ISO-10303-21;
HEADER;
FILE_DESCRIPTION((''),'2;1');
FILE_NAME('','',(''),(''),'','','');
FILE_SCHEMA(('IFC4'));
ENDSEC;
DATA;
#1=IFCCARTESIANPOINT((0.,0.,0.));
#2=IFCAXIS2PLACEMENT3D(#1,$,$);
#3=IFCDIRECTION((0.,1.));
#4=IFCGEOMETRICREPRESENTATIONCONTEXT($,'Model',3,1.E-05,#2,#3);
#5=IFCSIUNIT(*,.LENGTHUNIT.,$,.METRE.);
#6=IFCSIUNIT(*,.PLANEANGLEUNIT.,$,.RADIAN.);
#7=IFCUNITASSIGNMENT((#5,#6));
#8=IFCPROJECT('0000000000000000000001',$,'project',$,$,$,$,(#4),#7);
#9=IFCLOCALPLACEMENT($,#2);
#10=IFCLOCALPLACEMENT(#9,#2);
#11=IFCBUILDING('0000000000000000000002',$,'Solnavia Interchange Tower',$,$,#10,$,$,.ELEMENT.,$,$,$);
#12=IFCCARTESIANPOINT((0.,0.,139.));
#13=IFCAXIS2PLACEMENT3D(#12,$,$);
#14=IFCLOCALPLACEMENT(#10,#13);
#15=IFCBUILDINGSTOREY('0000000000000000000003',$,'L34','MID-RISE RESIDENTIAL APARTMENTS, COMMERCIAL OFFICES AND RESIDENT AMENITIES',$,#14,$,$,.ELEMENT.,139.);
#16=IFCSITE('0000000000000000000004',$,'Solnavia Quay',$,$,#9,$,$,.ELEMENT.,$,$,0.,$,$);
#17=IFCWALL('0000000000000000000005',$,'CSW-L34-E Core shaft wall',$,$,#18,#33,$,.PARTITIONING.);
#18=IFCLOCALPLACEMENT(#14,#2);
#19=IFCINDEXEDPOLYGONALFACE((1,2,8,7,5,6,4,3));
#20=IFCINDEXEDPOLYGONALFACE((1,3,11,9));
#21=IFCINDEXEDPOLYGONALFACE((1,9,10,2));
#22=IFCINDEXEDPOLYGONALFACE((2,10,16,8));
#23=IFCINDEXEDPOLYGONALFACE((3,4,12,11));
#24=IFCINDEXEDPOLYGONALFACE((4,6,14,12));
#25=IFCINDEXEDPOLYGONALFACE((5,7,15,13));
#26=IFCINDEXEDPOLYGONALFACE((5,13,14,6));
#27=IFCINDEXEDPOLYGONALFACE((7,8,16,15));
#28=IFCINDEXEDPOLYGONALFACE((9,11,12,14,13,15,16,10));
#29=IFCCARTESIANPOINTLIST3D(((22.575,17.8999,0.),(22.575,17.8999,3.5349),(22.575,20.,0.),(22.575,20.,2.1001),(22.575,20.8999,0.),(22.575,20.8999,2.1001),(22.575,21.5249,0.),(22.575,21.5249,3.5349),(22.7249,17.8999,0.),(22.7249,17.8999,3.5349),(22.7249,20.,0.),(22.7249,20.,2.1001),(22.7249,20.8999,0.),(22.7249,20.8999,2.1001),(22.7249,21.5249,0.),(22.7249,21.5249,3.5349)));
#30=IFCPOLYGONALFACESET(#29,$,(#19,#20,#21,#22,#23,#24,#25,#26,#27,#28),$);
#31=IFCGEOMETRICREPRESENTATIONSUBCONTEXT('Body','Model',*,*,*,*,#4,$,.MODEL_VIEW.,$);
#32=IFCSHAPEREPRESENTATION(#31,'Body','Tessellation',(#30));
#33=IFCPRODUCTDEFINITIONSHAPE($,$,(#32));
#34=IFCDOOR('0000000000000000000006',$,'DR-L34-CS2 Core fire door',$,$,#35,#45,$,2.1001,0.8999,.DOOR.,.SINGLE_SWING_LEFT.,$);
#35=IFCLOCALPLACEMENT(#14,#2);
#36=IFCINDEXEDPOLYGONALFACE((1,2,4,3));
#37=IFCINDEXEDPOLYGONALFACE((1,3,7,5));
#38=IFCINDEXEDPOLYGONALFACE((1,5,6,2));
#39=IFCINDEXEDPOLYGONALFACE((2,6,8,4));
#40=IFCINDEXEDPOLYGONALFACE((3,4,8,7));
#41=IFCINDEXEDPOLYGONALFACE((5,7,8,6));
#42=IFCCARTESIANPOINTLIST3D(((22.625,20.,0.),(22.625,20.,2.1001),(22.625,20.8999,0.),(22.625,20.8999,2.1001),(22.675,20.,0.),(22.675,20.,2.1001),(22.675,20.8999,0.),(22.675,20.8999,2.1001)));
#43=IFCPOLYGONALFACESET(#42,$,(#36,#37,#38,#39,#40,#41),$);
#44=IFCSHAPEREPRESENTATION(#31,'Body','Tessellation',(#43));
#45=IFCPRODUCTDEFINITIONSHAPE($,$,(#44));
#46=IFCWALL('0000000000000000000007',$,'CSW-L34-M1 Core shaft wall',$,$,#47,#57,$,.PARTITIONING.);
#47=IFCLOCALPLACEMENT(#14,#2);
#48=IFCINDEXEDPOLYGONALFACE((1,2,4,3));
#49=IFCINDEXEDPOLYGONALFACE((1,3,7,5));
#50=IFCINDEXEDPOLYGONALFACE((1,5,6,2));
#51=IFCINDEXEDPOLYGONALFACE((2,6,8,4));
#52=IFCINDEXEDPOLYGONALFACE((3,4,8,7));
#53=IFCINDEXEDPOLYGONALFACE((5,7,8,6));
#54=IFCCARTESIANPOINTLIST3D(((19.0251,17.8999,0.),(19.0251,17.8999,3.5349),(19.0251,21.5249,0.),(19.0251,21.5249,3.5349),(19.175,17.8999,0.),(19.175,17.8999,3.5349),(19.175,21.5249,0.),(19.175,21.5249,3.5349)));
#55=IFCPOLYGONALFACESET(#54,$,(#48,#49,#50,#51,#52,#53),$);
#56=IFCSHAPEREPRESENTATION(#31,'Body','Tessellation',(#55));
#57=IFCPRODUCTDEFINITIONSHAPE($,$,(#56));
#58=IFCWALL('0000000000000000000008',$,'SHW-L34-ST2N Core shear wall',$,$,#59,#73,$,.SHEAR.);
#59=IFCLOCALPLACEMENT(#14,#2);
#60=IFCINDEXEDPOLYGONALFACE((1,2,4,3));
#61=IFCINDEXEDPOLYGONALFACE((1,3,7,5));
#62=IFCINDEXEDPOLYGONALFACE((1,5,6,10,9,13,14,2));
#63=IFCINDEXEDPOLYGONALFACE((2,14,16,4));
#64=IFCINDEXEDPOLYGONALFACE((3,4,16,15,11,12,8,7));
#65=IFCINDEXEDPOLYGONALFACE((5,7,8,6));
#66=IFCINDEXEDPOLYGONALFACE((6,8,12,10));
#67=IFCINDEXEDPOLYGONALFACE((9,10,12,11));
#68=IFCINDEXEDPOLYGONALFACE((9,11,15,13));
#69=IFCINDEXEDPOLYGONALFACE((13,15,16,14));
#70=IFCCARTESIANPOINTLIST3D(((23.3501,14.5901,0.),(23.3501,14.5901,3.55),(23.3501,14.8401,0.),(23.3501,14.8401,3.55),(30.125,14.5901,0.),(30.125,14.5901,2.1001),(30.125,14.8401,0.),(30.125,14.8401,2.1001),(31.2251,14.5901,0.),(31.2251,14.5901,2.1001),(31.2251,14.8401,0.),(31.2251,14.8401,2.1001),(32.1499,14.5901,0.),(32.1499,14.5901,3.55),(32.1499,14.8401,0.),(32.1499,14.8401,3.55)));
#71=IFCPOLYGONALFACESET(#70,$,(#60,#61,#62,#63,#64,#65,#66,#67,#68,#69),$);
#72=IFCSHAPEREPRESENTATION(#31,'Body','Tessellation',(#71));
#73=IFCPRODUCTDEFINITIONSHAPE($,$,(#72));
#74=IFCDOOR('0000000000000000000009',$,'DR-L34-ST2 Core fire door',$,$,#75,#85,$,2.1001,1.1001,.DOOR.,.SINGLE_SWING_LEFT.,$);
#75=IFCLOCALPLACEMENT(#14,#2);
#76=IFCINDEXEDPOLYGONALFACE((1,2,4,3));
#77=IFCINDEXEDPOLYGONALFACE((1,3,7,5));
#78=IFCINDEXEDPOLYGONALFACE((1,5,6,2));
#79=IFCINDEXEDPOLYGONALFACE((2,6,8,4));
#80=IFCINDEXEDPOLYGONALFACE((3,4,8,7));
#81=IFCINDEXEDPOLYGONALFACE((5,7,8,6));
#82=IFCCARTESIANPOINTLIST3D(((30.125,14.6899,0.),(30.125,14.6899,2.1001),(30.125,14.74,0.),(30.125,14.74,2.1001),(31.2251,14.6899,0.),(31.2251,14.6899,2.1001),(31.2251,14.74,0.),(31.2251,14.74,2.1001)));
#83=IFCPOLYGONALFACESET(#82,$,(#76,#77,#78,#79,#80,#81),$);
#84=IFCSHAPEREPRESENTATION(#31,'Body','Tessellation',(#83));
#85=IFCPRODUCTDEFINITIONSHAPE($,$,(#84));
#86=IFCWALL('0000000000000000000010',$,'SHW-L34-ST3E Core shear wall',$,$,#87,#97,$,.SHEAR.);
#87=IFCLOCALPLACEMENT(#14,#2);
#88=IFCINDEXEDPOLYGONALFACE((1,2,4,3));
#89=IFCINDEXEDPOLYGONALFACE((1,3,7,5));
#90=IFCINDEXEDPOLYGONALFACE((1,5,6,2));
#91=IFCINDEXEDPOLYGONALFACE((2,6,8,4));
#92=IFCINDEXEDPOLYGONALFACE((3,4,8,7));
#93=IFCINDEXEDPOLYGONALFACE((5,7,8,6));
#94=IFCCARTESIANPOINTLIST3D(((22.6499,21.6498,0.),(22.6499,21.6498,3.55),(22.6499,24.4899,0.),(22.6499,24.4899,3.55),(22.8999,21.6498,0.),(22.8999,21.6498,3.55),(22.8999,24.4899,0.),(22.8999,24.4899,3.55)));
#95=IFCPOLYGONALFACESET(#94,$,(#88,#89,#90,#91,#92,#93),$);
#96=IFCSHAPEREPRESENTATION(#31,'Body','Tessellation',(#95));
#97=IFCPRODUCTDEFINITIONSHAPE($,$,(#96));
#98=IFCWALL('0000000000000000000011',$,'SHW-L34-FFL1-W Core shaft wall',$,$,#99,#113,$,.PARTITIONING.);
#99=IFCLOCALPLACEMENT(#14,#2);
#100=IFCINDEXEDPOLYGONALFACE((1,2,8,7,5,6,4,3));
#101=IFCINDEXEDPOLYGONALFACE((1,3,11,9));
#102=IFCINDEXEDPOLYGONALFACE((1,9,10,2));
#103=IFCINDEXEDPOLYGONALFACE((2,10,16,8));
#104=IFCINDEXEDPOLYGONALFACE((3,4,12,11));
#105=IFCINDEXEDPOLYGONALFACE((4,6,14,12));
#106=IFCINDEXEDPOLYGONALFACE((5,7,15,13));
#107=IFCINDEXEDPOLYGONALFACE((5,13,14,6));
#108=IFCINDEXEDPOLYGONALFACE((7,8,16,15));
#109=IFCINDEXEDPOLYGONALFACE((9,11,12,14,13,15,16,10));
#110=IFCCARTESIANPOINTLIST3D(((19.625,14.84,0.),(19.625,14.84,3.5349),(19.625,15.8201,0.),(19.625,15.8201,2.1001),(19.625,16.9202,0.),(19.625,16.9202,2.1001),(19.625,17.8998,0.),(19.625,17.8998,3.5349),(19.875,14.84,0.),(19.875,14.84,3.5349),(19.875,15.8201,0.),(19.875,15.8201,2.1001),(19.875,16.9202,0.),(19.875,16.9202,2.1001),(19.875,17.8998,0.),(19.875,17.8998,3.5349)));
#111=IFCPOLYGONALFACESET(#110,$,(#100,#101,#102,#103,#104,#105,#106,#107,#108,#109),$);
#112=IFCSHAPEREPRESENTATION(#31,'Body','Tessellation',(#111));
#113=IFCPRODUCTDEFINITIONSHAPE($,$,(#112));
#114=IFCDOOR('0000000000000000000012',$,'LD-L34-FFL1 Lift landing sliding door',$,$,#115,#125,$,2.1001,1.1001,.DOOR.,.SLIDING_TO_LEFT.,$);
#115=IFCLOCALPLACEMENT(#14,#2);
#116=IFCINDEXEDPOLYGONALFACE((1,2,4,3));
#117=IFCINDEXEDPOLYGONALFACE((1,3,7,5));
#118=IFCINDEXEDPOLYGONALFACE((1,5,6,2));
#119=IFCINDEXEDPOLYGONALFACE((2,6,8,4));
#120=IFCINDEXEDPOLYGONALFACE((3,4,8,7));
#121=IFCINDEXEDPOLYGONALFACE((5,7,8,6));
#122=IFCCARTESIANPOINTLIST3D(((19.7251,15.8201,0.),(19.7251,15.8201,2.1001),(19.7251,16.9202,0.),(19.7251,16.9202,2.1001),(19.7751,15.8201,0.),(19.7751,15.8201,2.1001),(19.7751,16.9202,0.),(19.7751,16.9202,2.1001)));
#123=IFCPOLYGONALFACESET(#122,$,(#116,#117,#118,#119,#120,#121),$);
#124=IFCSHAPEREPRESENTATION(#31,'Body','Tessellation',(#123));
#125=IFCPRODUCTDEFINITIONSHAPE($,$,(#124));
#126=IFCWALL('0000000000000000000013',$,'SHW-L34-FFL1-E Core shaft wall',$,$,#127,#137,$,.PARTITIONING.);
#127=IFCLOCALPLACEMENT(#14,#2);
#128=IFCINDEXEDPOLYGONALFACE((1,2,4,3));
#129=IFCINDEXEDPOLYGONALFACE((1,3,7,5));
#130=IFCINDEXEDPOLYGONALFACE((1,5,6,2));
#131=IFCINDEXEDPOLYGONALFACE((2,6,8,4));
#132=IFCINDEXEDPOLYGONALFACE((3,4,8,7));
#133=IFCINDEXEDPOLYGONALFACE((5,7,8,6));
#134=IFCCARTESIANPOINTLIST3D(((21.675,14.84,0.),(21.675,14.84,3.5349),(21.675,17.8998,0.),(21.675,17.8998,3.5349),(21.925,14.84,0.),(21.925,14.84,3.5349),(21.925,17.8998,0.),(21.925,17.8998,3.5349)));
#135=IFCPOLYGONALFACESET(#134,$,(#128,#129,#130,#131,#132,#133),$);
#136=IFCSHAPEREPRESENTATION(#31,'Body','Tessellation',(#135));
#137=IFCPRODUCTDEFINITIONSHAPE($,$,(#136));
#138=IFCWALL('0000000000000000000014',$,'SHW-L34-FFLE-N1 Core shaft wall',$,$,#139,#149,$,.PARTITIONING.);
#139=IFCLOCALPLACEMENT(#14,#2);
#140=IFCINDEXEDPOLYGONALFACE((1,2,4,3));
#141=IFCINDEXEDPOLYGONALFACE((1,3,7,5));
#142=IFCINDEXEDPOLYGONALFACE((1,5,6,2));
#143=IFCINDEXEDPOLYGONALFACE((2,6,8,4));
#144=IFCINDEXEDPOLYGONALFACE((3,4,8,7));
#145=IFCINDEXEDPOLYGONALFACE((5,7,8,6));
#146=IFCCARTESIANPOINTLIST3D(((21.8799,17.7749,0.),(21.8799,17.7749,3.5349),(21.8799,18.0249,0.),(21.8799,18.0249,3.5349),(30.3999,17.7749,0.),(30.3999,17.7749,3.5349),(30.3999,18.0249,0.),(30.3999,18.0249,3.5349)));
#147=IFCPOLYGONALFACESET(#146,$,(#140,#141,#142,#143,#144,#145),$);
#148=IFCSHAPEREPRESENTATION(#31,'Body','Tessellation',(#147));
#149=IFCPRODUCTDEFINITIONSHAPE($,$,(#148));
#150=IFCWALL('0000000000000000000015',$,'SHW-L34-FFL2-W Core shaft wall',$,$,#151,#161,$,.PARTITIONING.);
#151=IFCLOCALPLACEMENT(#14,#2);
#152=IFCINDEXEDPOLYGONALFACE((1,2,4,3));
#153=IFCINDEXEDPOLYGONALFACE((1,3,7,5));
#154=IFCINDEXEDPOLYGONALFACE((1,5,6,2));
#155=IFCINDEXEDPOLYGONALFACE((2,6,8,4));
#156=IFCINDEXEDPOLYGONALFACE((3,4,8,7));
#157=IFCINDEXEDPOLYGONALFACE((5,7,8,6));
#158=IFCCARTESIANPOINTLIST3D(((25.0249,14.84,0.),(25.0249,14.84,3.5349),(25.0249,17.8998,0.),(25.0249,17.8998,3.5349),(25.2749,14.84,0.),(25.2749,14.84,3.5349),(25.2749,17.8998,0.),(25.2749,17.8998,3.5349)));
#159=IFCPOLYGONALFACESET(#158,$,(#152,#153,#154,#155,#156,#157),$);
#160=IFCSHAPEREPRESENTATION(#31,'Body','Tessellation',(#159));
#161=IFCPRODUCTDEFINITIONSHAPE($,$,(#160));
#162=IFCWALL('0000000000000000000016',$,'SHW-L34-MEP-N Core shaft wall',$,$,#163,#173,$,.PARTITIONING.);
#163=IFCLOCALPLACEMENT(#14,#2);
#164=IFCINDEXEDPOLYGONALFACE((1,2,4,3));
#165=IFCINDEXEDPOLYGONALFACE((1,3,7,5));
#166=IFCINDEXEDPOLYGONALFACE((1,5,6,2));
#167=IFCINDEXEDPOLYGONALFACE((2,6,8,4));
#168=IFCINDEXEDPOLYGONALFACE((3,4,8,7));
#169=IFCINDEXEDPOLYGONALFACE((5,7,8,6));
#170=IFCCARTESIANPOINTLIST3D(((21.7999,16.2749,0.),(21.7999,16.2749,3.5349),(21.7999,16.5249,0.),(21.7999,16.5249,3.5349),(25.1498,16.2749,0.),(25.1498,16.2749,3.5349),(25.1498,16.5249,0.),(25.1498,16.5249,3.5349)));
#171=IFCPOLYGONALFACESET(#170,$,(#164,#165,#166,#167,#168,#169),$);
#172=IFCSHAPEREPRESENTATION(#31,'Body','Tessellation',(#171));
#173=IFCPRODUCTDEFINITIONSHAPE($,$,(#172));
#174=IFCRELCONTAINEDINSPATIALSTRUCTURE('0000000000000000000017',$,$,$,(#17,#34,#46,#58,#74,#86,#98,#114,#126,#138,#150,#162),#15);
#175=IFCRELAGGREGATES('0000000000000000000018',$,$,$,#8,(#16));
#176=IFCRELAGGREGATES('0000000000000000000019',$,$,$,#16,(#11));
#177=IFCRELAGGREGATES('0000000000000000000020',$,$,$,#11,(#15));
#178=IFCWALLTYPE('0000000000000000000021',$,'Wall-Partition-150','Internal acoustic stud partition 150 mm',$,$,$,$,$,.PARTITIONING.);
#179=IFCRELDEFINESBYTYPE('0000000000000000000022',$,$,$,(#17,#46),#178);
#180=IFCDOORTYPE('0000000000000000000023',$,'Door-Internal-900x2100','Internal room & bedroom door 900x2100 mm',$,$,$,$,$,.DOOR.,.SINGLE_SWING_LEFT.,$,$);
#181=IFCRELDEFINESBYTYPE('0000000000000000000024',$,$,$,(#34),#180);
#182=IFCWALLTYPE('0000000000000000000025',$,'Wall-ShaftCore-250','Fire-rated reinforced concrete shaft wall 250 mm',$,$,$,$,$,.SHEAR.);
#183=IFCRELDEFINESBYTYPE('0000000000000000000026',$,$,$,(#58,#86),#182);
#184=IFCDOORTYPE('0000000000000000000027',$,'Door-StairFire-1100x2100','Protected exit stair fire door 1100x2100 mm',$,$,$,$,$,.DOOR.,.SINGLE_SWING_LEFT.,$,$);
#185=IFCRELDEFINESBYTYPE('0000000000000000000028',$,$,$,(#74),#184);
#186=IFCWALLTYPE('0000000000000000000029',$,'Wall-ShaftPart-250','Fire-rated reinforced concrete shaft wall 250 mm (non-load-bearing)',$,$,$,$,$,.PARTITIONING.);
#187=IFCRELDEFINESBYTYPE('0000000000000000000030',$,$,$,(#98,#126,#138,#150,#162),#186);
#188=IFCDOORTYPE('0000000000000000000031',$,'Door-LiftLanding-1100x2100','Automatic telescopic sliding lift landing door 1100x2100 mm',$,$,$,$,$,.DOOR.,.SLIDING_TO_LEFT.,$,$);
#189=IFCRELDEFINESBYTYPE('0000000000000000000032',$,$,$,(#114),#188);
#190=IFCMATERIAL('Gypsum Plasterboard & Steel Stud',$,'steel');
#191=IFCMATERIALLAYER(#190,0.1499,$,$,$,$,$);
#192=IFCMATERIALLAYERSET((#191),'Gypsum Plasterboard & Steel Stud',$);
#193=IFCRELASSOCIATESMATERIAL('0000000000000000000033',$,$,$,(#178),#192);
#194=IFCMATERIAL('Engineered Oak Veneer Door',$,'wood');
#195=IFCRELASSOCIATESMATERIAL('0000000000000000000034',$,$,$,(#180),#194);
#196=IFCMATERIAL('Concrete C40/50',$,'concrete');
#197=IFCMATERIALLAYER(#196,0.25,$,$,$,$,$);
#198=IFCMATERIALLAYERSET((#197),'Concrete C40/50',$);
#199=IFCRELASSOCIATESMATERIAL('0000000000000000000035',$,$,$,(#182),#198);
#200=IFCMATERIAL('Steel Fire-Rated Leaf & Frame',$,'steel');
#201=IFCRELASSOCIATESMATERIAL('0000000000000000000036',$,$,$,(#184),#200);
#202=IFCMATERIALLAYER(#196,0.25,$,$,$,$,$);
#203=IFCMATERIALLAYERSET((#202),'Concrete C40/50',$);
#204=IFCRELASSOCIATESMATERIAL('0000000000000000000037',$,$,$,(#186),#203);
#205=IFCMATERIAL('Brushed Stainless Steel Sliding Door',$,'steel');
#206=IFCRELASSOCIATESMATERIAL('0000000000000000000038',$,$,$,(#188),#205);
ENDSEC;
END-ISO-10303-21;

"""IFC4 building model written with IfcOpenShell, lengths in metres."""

from ifc_helpers import new_model, si_unit, direction, frame, frame_2d, origin, place, context, subcontext, project, spatial, rectangle, extrude, material, layer, layer_set, type_object, element, fill, save


model = new_model("IFC4")

# Units and contexts
model_context = context("Model", 3, precision=1e-05, world=origin(), true_north=direction((0.0, 1.0)))
body_context = subcontext(model_context, "Body", "Model", "MODEL_VIEW")
ifc_project = project(units=[si_unit("LENGTHUNIT", "METRE"), si_unit("PLANEANGLEUNIT", "RADIAN")], contexts=[model_context])

# Site, building, storey
site_placement = place(None, origin())
site = spatial("IfcSite", under=ifc_project, at=site_placement, Name="Solnavia Quay", CompositionType="ELEMENT", RefElevation=0.0)
building_placement = place(site_placement, origin())
building = spatial("IfcBuilding", under=site, at=building_placement, Name="Solnavia Interchange Tower", CompositionType="ELEMENT")
storey_placement = place(building_placement, frame((0.0, 0.0, 139.0)))
storey = spatial("IfcBuildingStorey", under=building, at=storey_placement, Name="L34", Description="MID-RISE RESIDENTIAL APARTMENTS, COMMERCIAL OFFICES AND RESIDENT AMENITIES", CompositionType="ELEMENT", Elevation=139.0)

# Wall, opening, door
ifc_material_1 = material(Name="Gypsum Plasterboard & Steel Stud", Category="steel")
ifc_layer_1 = layer(ifc_material_1, 0.1499)
ifc_layer_set_1 = layer_set([ifc_layer_1], Name="Gypsum Plasterboard & Steel Stud")
wall_type_1 = type_object("IfcWallType", Name="Wall-Partition-150", Description="Internal acoustic stud partition 150 mm", PredefinedType="PARTITIONING", material=ifc_layer_set_1)
wall_1_placement = place(storey_placement, frame((22.6499, 17.8999, 0.0), z_axis=(0.0, 0.0, 1.0), x_axis=(0.0, 1.0, 0.0)))
wall_1 = element("IfcWall", 1, at=wall_1_placement, inside=storey, type_object=wall_type_1, Name="CSW-L34-E Core shaft wall", PredefinedType="PARTITIONING", context=body_context, shape_type="SweptSolid", body=[
    extrude(rectangle(XDim=3.625, YDim=0.1499, at=frame_2d((1.8125, 0.0))), origin(), (0.0, 0.0, 1.0), 3.5349),
])
opening_1_placement = place(wall_1_placement, frame((2.1001, 0.0, 0.0)))
opening_1 = element("IfcOpeningElement", 2, at=opening_1_placement, cuts=wall_1, PredefinedType="OPENING", context=body_context, shape_type="SweptSolid", body=[
    extrude(rectangle(XDim=0.8999, YDim=2.1001, at=frame_2d((0.45, 1.05))), frame((0.0, 0.085, 0.0), z_axis=(0.0, -1.0, 0.0), x_axis=(1.0, 0.0, 0.0)), (0.0, 0.0, 1.0), 0.1699),
])
ifc_material_2 = material(Name="Engineered Oak Veneer Door", Category="wood")
door_type_1 = type_object("IfcDoorType", Name="Door-Internal-900x2100", Description="Internal room & bedroom door 900x2100 mm", OperationType="SINGLE_SWING_LEFT", PredefinedType="DOOR", material=ifc_material_2)
door_1_placement = place(opening_1_placement, origin())
door_1 = element("IfcDoor", 3, at=door_1_placement, inside=storey, type_object=door_type_1, Name="DR-L34-CS2 Core fire door", OperationType="SINGLE_SWING_LEFT", OverallHeight=2.1001, OverallWidth=0.8999, PredefinedType="DOOR", context=body_context, shape_type="SweptSolid", body=[
    extrude(rectangle(XDim=0.8999, YDim=2.1001, at=frame_2d((0.45, 1.05))), frame((0.0, 0.0249, 0.0), z_axis=(0.0, -1.0, 0.0), x_axis=(1.0, 0.0, 0.0)), (0.0, 0.0, 1.0), 0.05),
])
fill(opening_1, door_1)

# Wall
wall_2_placement = place(storey_placement, frame((19.1001, 17.8999, 0.0), z_axis=(0.0, 0.0, 1.0), x_axis=(0.0, 1.0, 0.0)))
element("IfcWall", 4, at=wall_2_placement, inside=storey, type_object=wall_type_1, Name="CSW-L34-M1 Core shaft wall", PredefinedType="PARTITIONING", context=body_context, shape_type="SweptSolid", body=[
    extrude(rectangle(XDim=3.625, YDim=0.1499, at=frame_2d((1.8125, 0.0))), origin(), (0.0, 0.0, 1.0), 3.5349),
])

# Wall, opening, door
ifc_material_3 = material(Name="Concrete C40/50", Category="concrete")
ifc_layer_2 = layer(ifc_material_3, 0.25)
ifc_layer_set_2 = layer_set([ifc_layer_2], Name="Concrete C40/50")
wall_type_2 = type_object("IfcWallType", Name="Wall-ShaftCore-250", Description="Fire-rated reinforced concrete shaft wall 250 mm", PredefinedType="SHEAR", material=ifc_layer_set_2)
wall_3_placement = place(storey_placement, frame((23.3501, 14.7151, 0.0), z_axis=(0.0, 0.0, 1.0), x_axis=(1.0, 0.0, 0.0)))
wall_3 = element("IfcWall", 5, at=wall_3_placement, inside=storey, type_object=wall_type_2, Name="SHW-L34-ST2N Core shear wall", PredefinedType="SHEAR", context=body_context, shape_type="SweptSolid", body=[
    extrude(rectangle(XDim=8.7998, YDim=0.25, at=frame_2d((4.3999, 0.0))), origin(), (0.0, 0.0, 1.0), 3.55),
])
opening_2_placement = place(wall_3_placement, frame((6.7749, 0.0, 0.0)))
opening_2 = element("IfcOpeningElement", 6, at=opening_2_placement, cuts=wall_3, PredefinedType="OPENING", context=body_context, shape_type="SweptSolid", body=[
    extrude(rectangle(XDim=1.1001, YDim=2.1001, at=frame_2d((0.55, 1.05))), frame((0.0, 0.135, 0.0), z_axis=(0.0, -1.0, 0.0), x_axis=(1.0, 0.0, 0.0)), (0.0, 0.0, 1.0), 0.27),
])
ifc_material_4 = material(Name="Steel Fire-Rated Leaf & Frame", Category="steel")
door_type_2 = type_object("IfcDoorType", Name="Door-StairFire-1100x2100", Description="Protected exit stair fire door 1100x2100 mm", OperationType="SINGLE_SWING_LEFT", PredefinedType="DOOR", material=ifc_material_4)
door_2_placement = place(opening_2_placement, origin())
door_2 = element("IfcDoor", 7, at=door_2_placement, inside=storey, type_object=door_type_2, Name="DR-L34-ST2 Core fire door", OperationType="SINGLE_SWING_LEFT", OverallHeight=2.1001, OverallWidth=1.1001, PredefinedType="DOOR", context=body_context, shape_type="SweptSolid", body=[
    extrude(rectangle(XDim=1.1001, YDim=2.1001, at=frame_2d((0.55, 1.05))), frame((0.0, 0.0249, 0.0), z_axis=(0.0, -1.0, 0.0), x_axis=(1.0, 0.0, 0.0)), (0.0, 0.0, 1.0), 0.05),
])
fill(opening_2, door_2)

# Wall
wall_4_placement = place(storey_placement, frame((22.7749, 21.6499, 0.0), z_axis=(0.0, 0.0, 1.0), x_axis=(0.0, 1.0, 0.0)))
element("IfcWall", 8, at=wall_4_placement, inside=storey, type_object=wall_type_2, Name="SHW-L34-ST3E Core shear wall", PredefinedType="SHEAR", context=body_context, shape_type="SweptSolid", body=[
    extrude(rectangle(XDim=2.8401, YDim=0.25, at=frame_2d((1.4199, 0.0))), origin(), (0.0, 0.0, 1.0), 3.55),
])

# Wall, opening, door
ifc_layer_3 = layer(ifc_material_3, 0.25)
ifc_layer_set_3 = layer_set([ifc_layer_3], Name="Concrete C40/50")
wall_type_3 = type_object("IfcWallType", Name="Wall-ShaftPart-250", Description="Fire-rated reinforced concrete shaft wall 250 mm (non-load-bearing)", PredefinedType="PARTITIONING", material=ifc_layer_set_3)
wall_5_placement = place(storey_placement, frame((19.75, 14.8401, 0.0), z_axis=(0.0, 0.0, 1.0), x_axis=(0.0, 1.0, 0.0)))
wall_5 = element("IfcWall", 9, at=wall_5_placement, inside=storey, type_object=wall_type_3, Name="SHW-L34-FFL1-W Core shaft wall", PredefinedType="PARTITIONING", context=body_context, shape_type="SweptSolid", body=[
    extrude(rectangle(XDim=3.0598, YDim=0.25, at=frame_2d((1.5298, 0.0))), origin(), (0.0, 0.0, 1.0), 3.5349),
])
opening_3_placement = place(wall_5_placement, frame((0.98, 0.0, 0.0)))
opening_3 = element("IfcOpeningElement", 10, at=opening_3_placement, cuts=wall_5, PredefinedType="OPENING", context=body_context, shape_type="SweptSolid", body=[
    extrude(rectangle(XDim=1.1001, YDim=2.1001, at=frame_2d((0.55, 1.05))), frame((0.0, 0.135, 0.0), z_axis=(0.0, -1.0, 0.0), x_axis=(1.0, 0.0, 0.0)), (0.0, 0.0, 1.0), 0.27),
])
ifc_material_5 = material(Name="Brushed Stainless Steel Sliding Door", Category="steel")
door_type_3 = type_object("IfcDoorType", Name="Door-LiftLanding-1100x2100", Description="Automatic telescopic sliding lift landing door 1100x2100 mm", OperationType="SLIDING_TO_LEFT", PredefinedType="DOOR", material=ifc_material_5)
door_3_placement = place(opening_3_placement, origin())
door_3 = element("IfcDoor", 11, at=door_3_placement, inside=storey, type_object=door_type_3, Name="LD-L34-FFL1 Lift landing sliding door", OperationType="SLIDING_TO_LEFT", OverallHeight=2.1001, OverallWidth=1.1001, PredefinedType="DOOR", context=body_context, shape_type="SweptSolid", body=[
    extrude(rectangle(XDim=1.1001, YDim=2.1001, at=frame_2d((0.55, 1.05))), frame((0.0, 0.0249, 0.0), z_axis=(0.0, -1.0, 0.0), x_axis=(1.0, 0.0, 0.0)), (0.0, 0.0, 1.0), 0.05),
])
fill(opening_3, door_3)

# Walls
wall_6_placement = place(storey_placement, frame((21.8, 14.8401, 0.0), z_axis=(0.0, 0.0, 1.0), x_axis=(0.0, 1.0, 0.0)))
element("IfcWall", 12, at=wall_6_placement, inside=storey, type_object=wall_type_3, Name="SHW-L34-FFL1-E Core shaft wall", PredefinedType="PARTITIONING", context=body_context, shape_type="SweptSolid", body=[
    extrude(rectangle(XDim=3.0598, YDim=0.25, at=frame_2d((1.5298, 0.0))), origin(), (0.0, 0.0, 1.0), 3.5349),
])
wall_7_placement = place(storey_placement, frame((21.8799, 17.8999, 0.0), z_axis=(0.0, 0.0, 1.0), x_axis=(1.0, 0.0, 0.0)))
element("IfcWall", 13, at=wall_7_placement, inside=storey, type_object=wall_type_3, Name="SHW-L34-FFLE-N1 Core shaft wall", PredefinedType="PARTITIONING", context=body_context, shape_type="SweptSolid", body=[
    extrude(rectangle(XDim=8.52, YDim=0.25, at=frame_2d((4.26, 0.0))), origin(), (0.0, 0.0, 1.0), 3.5349),
])
wall_8_placement = place(storey_placement, frame((25.1499, 14.8401, 0.0), z_axis=(0.0, 0.0, 1.0), x_axis=(0.0, 1.0, 0.0)))
element("IfcWall", 14, at=wall_8_placement, inside=storey, type_object=wall_type_3, Name="SHW-L34-FFL2-W Core shaft wall", PredefinedType="PARTITIONING", context=body_context, shape_type="SweptSolid", body=[
    extrude(rectangle(XDim=3.0598, YDim=0.25, at=frame_2d((1.5298, 0.0))), origin(), (0.0, 0.0, 1.0), 3.5349),
])
wall_9_placement = place(storey_placement, frame((21.8, 16.3999, 0.0), z_axis=(0.0, 0.0, 1.0), x_axis=(1.0, 0.0, 0.0)))
element("IfcWall", 15, at=wall_9_placement, inside=storey, type_object=wall_type_3, Name="SHW-L34-MEP-N Core shaft wall", PredefinedType="PARTITIONING", context=body_context, shape_type="SweptSolid", body=[
    extrude(rectangle(XDim=3.3499, YDim=0.25, at=frame_2d((1.6748, 0.0))), origin(), (0.0, 0.0, 1.0), 3.5349),
])

save(model, "model.ifc")
